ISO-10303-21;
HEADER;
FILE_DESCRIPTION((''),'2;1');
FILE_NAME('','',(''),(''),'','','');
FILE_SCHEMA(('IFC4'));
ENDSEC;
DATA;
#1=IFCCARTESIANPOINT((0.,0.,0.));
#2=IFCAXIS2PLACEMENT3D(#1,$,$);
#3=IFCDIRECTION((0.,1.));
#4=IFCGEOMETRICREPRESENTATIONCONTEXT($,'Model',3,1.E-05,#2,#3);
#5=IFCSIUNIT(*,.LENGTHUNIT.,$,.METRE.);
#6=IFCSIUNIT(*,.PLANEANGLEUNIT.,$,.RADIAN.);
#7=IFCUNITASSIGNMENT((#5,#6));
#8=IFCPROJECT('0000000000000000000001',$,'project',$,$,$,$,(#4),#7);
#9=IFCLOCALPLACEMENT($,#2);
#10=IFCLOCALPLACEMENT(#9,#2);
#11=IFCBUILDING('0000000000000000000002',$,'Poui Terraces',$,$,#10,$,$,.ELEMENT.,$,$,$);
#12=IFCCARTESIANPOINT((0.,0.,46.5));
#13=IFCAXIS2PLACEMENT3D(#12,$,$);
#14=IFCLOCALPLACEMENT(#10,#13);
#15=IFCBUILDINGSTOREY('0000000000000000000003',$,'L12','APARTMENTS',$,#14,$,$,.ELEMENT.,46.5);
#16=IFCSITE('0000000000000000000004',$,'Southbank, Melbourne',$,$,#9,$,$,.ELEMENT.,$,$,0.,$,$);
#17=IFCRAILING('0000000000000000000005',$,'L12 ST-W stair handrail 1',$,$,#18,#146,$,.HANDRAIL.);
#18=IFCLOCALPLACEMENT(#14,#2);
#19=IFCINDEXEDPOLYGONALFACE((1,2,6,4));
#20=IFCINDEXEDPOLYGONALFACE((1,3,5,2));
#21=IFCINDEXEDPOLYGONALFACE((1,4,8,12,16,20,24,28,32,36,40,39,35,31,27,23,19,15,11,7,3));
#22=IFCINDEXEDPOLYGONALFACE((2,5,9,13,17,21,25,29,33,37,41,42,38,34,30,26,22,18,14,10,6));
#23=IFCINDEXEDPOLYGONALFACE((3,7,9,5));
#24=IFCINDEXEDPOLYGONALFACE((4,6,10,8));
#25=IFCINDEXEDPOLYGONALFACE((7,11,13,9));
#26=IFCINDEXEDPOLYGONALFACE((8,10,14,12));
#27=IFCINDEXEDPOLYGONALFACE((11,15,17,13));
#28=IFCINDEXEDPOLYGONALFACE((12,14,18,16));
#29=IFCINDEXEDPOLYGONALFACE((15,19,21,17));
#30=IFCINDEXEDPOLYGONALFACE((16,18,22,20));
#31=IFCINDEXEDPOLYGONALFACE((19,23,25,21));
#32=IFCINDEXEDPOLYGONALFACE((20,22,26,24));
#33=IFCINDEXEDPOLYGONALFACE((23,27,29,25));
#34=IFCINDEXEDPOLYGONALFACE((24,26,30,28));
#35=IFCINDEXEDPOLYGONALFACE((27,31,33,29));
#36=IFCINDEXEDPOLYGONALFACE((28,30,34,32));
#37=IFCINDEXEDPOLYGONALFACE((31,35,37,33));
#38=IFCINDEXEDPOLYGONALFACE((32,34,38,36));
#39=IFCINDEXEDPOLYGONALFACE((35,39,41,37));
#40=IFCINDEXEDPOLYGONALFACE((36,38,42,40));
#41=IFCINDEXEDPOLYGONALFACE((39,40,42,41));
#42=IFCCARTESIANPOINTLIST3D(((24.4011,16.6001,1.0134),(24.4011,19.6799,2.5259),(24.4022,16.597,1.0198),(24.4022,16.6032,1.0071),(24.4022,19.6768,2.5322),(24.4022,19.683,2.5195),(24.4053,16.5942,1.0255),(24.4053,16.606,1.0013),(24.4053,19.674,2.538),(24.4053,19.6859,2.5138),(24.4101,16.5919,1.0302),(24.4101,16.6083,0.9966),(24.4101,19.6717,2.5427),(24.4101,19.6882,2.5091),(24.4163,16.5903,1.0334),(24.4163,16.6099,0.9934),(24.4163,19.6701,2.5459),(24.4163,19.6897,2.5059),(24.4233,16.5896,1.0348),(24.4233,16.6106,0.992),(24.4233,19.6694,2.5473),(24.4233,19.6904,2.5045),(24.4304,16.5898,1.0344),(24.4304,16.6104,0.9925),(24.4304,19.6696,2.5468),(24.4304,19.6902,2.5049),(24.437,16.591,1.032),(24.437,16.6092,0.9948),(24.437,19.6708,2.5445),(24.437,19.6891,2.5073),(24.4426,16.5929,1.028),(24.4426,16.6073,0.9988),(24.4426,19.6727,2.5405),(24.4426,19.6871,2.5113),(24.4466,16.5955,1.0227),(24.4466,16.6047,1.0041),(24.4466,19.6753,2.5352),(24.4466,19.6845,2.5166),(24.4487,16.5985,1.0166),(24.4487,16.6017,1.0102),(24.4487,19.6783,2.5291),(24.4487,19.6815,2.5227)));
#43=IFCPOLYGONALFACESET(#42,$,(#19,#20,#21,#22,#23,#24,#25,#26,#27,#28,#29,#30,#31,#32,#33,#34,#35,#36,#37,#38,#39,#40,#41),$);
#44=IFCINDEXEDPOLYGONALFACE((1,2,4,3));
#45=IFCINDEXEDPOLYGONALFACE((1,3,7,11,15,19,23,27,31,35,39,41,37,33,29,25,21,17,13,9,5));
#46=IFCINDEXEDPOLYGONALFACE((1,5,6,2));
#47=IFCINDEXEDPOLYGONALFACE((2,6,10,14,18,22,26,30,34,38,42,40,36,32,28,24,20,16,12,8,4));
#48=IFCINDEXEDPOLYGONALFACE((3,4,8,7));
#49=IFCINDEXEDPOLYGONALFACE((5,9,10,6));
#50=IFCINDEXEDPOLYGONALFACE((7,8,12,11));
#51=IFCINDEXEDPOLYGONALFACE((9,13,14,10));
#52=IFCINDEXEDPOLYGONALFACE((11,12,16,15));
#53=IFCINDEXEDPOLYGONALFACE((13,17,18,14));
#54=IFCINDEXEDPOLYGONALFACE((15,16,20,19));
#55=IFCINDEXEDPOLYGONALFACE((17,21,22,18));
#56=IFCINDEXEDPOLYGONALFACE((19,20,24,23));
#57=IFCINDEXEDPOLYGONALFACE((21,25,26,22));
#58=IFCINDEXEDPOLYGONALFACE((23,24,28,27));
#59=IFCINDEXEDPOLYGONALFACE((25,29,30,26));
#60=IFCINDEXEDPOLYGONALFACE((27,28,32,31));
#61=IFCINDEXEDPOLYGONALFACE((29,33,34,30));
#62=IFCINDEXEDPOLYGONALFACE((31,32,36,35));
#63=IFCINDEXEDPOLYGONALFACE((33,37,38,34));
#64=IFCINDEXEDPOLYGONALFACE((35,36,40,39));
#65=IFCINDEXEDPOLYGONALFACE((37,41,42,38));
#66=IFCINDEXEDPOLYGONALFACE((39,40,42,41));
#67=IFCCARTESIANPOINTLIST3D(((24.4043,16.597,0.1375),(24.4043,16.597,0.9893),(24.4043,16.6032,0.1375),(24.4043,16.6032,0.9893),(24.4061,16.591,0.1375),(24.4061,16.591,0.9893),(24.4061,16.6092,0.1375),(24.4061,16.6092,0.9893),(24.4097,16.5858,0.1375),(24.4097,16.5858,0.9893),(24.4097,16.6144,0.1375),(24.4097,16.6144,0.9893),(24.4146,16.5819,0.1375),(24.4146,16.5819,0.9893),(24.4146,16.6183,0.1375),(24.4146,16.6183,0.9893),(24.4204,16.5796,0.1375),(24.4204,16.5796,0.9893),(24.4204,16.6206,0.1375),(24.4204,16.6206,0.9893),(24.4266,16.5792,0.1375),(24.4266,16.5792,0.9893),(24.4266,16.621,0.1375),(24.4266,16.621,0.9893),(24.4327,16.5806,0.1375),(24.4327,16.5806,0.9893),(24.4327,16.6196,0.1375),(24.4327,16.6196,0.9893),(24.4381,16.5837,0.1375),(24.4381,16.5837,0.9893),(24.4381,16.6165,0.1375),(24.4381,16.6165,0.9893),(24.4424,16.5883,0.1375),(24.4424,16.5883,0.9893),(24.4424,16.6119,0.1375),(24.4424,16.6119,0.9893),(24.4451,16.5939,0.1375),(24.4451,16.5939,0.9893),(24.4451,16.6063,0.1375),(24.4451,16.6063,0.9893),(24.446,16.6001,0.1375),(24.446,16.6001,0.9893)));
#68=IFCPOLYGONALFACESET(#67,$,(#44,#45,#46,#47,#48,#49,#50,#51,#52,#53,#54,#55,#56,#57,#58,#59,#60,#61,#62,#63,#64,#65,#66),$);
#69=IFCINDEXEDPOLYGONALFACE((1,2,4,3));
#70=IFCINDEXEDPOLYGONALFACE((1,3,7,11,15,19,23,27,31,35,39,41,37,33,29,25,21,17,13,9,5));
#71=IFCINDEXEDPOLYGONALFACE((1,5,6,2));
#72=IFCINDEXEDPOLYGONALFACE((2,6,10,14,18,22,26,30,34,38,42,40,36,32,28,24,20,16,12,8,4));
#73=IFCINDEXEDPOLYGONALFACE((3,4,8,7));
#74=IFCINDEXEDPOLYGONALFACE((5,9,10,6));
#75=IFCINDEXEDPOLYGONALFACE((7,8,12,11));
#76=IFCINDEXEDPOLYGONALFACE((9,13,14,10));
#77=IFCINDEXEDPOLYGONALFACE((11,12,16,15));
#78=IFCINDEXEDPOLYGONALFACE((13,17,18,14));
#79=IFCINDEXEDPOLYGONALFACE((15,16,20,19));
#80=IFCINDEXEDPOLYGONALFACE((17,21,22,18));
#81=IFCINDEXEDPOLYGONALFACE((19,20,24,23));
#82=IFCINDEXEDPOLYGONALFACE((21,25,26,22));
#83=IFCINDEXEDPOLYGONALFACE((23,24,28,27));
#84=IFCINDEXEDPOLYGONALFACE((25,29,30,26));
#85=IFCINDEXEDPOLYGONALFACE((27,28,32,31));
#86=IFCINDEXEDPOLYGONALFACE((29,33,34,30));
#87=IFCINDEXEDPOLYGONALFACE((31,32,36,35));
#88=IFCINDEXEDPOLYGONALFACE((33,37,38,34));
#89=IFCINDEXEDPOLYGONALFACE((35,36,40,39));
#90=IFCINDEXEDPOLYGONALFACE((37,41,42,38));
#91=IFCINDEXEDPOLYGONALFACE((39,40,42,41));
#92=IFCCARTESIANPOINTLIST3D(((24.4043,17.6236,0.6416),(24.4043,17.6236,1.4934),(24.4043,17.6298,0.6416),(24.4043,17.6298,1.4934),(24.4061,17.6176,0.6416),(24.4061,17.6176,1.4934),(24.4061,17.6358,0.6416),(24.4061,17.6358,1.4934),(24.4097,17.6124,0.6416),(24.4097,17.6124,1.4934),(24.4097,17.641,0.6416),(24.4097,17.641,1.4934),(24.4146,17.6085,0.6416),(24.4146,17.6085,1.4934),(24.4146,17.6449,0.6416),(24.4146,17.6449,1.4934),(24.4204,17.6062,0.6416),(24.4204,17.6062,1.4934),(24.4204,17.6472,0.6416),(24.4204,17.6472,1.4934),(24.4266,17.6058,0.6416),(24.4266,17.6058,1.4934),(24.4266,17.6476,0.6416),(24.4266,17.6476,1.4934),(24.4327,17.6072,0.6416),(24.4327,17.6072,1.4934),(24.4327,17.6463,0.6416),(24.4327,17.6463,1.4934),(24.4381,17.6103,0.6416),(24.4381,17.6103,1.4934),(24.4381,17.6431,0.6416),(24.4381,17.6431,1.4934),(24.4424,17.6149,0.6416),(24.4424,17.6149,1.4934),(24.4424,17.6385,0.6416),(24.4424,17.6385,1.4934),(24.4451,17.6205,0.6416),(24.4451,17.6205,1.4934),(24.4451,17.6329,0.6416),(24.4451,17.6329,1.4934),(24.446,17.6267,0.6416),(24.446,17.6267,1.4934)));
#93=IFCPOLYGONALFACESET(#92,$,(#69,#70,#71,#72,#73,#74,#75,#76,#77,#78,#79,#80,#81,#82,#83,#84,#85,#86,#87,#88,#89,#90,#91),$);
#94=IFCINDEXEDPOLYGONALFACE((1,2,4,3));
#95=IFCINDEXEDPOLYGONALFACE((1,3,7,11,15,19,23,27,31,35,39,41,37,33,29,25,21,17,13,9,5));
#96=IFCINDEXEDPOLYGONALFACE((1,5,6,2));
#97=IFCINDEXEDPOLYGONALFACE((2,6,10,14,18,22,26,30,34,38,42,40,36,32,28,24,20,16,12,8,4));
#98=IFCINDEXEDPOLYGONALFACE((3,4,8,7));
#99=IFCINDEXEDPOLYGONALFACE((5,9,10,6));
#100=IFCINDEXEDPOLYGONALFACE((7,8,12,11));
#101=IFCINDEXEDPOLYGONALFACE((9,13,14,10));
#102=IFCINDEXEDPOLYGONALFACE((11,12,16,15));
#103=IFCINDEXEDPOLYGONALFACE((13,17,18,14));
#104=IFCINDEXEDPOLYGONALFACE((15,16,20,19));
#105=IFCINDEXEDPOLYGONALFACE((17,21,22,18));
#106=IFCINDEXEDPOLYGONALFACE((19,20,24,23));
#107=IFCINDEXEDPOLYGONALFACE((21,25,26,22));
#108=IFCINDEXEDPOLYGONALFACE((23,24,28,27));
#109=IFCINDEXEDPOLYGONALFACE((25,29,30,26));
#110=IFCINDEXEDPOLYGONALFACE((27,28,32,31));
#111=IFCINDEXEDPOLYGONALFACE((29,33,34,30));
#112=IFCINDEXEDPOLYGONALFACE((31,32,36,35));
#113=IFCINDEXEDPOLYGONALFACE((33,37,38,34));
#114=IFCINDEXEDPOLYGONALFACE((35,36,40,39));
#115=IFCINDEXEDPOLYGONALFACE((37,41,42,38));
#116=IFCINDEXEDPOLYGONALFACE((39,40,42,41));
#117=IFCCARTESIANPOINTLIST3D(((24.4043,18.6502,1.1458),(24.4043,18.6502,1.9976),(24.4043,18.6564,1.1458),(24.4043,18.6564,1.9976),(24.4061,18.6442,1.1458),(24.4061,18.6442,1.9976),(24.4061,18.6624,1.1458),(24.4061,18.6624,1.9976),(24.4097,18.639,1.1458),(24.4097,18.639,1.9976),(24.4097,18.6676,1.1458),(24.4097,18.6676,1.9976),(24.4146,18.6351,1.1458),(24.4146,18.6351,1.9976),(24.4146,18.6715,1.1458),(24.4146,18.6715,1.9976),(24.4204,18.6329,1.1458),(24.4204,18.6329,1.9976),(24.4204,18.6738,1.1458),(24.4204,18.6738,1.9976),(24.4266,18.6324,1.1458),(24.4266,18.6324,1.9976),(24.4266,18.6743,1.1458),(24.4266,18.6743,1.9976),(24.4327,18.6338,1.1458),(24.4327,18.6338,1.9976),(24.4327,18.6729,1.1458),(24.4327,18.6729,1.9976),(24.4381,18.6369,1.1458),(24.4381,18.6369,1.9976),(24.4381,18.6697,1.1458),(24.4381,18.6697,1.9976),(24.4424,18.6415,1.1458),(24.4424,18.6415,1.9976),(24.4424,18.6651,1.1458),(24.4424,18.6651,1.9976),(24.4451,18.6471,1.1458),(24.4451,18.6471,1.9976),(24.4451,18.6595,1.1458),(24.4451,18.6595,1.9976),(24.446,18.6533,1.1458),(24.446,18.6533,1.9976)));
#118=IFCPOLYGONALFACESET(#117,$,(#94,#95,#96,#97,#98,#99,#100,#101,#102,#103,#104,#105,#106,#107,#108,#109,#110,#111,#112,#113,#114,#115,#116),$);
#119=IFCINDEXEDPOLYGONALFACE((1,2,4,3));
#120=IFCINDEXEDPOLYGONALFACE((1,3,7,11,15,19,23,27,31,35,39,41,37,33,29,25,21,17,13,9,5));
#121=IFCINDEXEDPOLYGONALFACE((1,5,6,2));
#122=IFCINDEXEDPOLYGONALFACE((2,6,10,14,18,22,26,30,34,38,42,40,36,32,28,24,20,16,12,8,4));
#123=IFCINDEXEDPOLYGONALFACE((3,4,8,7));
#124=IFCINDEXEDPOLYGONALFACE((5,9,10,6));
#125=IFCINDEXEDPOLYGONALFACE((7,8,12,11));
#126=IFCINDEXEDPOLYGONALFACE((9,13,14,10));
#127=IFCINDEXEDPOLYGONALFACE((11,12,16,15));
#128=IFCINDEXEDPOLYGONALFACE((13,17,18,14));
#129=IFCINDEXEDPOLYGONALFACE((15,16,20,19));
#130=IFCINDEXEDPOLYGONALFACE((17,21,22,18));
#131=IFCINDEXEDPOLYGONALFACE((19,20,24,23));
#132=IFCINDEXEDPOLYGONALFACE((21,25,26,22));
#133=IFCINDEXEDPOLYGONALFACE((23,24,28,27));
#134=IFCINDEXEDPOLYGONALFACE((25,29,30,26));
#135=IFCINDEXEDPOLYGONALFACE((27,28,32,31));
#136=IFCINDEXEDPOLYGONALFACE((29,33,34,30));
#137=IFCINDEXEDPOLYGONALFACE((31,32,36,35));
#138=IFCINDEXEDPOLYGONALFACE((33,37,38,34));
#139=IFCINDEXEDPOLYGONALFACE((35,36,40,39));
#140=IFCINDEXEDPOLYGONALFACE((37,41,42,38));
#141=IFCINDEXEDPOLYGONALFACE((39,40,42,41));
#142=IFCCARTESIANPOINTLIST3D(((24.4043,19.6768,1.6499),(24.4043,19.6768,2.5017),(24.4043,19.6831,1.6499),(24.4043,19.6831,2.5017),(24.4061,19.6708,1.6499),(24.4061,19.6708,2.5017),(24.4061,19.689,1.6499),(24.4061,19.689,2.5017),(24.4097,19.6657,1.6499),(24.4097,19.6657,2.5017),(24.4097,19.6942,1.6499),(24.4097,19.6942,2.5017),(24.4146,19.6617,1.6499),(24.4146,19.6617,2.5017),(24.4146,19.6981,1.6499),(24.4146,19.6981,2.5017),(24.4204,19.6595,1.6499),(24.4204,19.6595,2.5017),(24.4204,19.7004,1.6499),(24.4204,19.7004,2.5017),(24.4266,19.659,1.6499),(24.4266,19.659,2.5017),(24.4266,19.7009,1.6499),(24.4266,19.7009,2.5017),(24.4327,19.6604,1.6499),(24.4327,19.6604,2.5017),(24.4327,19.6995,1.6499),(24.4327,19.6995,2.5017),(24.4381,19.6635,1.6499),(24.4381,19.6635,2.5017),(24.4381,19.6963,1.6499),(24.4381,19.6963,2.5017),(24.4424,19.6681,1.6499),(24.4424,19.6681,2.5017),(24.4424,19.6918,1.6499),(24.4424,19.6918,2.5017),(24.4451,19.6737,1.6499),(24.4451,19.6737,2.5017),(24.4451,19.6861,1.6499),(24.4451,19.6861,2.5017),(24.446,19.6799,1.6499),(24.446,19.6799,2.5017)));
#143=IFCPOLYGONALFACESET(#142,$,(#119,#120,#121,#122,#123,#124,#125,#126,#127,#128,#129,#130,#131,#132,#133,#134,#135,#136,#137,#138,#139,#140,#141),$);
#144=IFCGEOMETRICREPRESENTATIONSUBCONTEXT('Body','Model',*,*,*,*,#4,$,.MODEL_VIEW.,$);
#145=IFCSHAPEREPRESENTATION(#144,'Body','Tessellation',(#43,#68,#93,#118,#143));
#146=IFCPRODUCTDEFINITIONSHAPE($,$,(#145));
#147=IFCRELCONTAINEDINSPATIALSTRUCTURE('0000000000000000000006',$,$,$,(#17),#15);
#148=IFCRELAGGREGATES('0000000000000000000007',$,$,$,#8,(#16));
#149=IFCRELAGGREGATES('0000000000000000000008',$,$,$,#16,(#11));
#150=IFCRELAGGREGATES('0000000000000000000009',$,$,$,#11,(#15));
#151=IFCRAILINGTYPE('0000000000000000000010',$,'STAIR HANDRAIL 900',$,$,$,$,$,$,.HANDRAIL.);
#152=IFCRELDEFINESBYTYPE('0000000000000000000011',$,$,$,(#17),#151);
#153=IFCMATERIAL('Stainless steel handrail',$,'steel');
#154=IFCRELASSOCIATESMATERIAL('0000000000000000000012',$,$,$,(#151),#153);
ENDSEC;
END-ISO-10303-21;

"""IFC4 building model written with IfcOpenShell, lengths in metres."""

from ifc_helpers import new_model, si_unit, direction, frame, origin, origin_2d, place, context, subcontext, project, spatial, circle, extrude, material, type_object, element, save


model = new_model("IFC4")

# Units and contexts
model_context = context("Model", 3, precision=1e-05, world=origin(), true_north=direction((0.0, 1.0)))
body_context = subcontext(model_context, "Body", "Model", "MODEL_VIEW")
ifc_project = project(units=[si_unit("LENGTHUNIT", "METRE"), si_unit("PLANEANGLEUNIT", "RADIAN")], contexts=[model_context])

# Site, building, storey
site_placement = place(None, origin())
site = spatial("IfcSite", under=ifc_project, at=site_placement, Name="Southbank, Melbourne", CompositionType="ELEMENT", RefElevation=0.0)
building_placement = place(site_placement, origin())
building = spatial("IfcBuilding", under=site, at=building_placement, Name="Poui Terraces", CompositionType="ELEMENT")
storey_placement = place(building_placement, frame((0.0, 0.0, 46.5)))
storey = spatial("IfcBuildingStorey", under=building, at=storey_placement, Name="L12", Description="APARTMENTS", CompositionType="ELEMENT", Elevation=46.5)

# Railing
ifc_material_1 = material(Name="Stainless steel handrail", Category="steel")
railing_type_1 = type_object("IfcRailingType", Name="STAIR HANDRAIL 900", PredefinedType="HANDRAIL", material=ifc_material_1)
railing_1_placement = place(storey_placement, frame((24.425, 16.6001, 0.1375)))
element("IfcRailing", 1, at=railing_1_placement, inside=storey, type_object=railing_type_1, Name="L12 ST-W stair handrail 1", PredefinedType="HANDRAIL", context=body_context, shape_type="SweptSolid", body=[
    extrude(circle(Radius=0.0239, at=origin_2d()), frame((0.0, 0.0, 0.876), z_axis=(0.0, 0.897606, 0.440798), x_axis=(-1.0, 0.0, 0.0)), (0.0, 0.0, 1.0), 3.4312),
    extrude(circle(Radius=0.021, at=origin_2d()), origin(), (0.0, 0.0, 1.0), 0.8518),
    extrude(circle(Radius=0.021, at=origin_2d()), frame((0.0, 1.0266, 0.5042)), (0.0, 0.0, 1.0), 0.8518),
    extrude(circle(Radius=0.021, at=origin_2d()), frame((0.0, 2.0532, 1.0083)), (0.0, 0.0, 1.0), 0.8518),
    extrude(circle(Radius=0.021, at=origin_2d()), frame((0.0, 3.0798, 1.5125)), (0.0, 0.0, 1.0), 0.8518),
])

save(model, "model.ifc")
